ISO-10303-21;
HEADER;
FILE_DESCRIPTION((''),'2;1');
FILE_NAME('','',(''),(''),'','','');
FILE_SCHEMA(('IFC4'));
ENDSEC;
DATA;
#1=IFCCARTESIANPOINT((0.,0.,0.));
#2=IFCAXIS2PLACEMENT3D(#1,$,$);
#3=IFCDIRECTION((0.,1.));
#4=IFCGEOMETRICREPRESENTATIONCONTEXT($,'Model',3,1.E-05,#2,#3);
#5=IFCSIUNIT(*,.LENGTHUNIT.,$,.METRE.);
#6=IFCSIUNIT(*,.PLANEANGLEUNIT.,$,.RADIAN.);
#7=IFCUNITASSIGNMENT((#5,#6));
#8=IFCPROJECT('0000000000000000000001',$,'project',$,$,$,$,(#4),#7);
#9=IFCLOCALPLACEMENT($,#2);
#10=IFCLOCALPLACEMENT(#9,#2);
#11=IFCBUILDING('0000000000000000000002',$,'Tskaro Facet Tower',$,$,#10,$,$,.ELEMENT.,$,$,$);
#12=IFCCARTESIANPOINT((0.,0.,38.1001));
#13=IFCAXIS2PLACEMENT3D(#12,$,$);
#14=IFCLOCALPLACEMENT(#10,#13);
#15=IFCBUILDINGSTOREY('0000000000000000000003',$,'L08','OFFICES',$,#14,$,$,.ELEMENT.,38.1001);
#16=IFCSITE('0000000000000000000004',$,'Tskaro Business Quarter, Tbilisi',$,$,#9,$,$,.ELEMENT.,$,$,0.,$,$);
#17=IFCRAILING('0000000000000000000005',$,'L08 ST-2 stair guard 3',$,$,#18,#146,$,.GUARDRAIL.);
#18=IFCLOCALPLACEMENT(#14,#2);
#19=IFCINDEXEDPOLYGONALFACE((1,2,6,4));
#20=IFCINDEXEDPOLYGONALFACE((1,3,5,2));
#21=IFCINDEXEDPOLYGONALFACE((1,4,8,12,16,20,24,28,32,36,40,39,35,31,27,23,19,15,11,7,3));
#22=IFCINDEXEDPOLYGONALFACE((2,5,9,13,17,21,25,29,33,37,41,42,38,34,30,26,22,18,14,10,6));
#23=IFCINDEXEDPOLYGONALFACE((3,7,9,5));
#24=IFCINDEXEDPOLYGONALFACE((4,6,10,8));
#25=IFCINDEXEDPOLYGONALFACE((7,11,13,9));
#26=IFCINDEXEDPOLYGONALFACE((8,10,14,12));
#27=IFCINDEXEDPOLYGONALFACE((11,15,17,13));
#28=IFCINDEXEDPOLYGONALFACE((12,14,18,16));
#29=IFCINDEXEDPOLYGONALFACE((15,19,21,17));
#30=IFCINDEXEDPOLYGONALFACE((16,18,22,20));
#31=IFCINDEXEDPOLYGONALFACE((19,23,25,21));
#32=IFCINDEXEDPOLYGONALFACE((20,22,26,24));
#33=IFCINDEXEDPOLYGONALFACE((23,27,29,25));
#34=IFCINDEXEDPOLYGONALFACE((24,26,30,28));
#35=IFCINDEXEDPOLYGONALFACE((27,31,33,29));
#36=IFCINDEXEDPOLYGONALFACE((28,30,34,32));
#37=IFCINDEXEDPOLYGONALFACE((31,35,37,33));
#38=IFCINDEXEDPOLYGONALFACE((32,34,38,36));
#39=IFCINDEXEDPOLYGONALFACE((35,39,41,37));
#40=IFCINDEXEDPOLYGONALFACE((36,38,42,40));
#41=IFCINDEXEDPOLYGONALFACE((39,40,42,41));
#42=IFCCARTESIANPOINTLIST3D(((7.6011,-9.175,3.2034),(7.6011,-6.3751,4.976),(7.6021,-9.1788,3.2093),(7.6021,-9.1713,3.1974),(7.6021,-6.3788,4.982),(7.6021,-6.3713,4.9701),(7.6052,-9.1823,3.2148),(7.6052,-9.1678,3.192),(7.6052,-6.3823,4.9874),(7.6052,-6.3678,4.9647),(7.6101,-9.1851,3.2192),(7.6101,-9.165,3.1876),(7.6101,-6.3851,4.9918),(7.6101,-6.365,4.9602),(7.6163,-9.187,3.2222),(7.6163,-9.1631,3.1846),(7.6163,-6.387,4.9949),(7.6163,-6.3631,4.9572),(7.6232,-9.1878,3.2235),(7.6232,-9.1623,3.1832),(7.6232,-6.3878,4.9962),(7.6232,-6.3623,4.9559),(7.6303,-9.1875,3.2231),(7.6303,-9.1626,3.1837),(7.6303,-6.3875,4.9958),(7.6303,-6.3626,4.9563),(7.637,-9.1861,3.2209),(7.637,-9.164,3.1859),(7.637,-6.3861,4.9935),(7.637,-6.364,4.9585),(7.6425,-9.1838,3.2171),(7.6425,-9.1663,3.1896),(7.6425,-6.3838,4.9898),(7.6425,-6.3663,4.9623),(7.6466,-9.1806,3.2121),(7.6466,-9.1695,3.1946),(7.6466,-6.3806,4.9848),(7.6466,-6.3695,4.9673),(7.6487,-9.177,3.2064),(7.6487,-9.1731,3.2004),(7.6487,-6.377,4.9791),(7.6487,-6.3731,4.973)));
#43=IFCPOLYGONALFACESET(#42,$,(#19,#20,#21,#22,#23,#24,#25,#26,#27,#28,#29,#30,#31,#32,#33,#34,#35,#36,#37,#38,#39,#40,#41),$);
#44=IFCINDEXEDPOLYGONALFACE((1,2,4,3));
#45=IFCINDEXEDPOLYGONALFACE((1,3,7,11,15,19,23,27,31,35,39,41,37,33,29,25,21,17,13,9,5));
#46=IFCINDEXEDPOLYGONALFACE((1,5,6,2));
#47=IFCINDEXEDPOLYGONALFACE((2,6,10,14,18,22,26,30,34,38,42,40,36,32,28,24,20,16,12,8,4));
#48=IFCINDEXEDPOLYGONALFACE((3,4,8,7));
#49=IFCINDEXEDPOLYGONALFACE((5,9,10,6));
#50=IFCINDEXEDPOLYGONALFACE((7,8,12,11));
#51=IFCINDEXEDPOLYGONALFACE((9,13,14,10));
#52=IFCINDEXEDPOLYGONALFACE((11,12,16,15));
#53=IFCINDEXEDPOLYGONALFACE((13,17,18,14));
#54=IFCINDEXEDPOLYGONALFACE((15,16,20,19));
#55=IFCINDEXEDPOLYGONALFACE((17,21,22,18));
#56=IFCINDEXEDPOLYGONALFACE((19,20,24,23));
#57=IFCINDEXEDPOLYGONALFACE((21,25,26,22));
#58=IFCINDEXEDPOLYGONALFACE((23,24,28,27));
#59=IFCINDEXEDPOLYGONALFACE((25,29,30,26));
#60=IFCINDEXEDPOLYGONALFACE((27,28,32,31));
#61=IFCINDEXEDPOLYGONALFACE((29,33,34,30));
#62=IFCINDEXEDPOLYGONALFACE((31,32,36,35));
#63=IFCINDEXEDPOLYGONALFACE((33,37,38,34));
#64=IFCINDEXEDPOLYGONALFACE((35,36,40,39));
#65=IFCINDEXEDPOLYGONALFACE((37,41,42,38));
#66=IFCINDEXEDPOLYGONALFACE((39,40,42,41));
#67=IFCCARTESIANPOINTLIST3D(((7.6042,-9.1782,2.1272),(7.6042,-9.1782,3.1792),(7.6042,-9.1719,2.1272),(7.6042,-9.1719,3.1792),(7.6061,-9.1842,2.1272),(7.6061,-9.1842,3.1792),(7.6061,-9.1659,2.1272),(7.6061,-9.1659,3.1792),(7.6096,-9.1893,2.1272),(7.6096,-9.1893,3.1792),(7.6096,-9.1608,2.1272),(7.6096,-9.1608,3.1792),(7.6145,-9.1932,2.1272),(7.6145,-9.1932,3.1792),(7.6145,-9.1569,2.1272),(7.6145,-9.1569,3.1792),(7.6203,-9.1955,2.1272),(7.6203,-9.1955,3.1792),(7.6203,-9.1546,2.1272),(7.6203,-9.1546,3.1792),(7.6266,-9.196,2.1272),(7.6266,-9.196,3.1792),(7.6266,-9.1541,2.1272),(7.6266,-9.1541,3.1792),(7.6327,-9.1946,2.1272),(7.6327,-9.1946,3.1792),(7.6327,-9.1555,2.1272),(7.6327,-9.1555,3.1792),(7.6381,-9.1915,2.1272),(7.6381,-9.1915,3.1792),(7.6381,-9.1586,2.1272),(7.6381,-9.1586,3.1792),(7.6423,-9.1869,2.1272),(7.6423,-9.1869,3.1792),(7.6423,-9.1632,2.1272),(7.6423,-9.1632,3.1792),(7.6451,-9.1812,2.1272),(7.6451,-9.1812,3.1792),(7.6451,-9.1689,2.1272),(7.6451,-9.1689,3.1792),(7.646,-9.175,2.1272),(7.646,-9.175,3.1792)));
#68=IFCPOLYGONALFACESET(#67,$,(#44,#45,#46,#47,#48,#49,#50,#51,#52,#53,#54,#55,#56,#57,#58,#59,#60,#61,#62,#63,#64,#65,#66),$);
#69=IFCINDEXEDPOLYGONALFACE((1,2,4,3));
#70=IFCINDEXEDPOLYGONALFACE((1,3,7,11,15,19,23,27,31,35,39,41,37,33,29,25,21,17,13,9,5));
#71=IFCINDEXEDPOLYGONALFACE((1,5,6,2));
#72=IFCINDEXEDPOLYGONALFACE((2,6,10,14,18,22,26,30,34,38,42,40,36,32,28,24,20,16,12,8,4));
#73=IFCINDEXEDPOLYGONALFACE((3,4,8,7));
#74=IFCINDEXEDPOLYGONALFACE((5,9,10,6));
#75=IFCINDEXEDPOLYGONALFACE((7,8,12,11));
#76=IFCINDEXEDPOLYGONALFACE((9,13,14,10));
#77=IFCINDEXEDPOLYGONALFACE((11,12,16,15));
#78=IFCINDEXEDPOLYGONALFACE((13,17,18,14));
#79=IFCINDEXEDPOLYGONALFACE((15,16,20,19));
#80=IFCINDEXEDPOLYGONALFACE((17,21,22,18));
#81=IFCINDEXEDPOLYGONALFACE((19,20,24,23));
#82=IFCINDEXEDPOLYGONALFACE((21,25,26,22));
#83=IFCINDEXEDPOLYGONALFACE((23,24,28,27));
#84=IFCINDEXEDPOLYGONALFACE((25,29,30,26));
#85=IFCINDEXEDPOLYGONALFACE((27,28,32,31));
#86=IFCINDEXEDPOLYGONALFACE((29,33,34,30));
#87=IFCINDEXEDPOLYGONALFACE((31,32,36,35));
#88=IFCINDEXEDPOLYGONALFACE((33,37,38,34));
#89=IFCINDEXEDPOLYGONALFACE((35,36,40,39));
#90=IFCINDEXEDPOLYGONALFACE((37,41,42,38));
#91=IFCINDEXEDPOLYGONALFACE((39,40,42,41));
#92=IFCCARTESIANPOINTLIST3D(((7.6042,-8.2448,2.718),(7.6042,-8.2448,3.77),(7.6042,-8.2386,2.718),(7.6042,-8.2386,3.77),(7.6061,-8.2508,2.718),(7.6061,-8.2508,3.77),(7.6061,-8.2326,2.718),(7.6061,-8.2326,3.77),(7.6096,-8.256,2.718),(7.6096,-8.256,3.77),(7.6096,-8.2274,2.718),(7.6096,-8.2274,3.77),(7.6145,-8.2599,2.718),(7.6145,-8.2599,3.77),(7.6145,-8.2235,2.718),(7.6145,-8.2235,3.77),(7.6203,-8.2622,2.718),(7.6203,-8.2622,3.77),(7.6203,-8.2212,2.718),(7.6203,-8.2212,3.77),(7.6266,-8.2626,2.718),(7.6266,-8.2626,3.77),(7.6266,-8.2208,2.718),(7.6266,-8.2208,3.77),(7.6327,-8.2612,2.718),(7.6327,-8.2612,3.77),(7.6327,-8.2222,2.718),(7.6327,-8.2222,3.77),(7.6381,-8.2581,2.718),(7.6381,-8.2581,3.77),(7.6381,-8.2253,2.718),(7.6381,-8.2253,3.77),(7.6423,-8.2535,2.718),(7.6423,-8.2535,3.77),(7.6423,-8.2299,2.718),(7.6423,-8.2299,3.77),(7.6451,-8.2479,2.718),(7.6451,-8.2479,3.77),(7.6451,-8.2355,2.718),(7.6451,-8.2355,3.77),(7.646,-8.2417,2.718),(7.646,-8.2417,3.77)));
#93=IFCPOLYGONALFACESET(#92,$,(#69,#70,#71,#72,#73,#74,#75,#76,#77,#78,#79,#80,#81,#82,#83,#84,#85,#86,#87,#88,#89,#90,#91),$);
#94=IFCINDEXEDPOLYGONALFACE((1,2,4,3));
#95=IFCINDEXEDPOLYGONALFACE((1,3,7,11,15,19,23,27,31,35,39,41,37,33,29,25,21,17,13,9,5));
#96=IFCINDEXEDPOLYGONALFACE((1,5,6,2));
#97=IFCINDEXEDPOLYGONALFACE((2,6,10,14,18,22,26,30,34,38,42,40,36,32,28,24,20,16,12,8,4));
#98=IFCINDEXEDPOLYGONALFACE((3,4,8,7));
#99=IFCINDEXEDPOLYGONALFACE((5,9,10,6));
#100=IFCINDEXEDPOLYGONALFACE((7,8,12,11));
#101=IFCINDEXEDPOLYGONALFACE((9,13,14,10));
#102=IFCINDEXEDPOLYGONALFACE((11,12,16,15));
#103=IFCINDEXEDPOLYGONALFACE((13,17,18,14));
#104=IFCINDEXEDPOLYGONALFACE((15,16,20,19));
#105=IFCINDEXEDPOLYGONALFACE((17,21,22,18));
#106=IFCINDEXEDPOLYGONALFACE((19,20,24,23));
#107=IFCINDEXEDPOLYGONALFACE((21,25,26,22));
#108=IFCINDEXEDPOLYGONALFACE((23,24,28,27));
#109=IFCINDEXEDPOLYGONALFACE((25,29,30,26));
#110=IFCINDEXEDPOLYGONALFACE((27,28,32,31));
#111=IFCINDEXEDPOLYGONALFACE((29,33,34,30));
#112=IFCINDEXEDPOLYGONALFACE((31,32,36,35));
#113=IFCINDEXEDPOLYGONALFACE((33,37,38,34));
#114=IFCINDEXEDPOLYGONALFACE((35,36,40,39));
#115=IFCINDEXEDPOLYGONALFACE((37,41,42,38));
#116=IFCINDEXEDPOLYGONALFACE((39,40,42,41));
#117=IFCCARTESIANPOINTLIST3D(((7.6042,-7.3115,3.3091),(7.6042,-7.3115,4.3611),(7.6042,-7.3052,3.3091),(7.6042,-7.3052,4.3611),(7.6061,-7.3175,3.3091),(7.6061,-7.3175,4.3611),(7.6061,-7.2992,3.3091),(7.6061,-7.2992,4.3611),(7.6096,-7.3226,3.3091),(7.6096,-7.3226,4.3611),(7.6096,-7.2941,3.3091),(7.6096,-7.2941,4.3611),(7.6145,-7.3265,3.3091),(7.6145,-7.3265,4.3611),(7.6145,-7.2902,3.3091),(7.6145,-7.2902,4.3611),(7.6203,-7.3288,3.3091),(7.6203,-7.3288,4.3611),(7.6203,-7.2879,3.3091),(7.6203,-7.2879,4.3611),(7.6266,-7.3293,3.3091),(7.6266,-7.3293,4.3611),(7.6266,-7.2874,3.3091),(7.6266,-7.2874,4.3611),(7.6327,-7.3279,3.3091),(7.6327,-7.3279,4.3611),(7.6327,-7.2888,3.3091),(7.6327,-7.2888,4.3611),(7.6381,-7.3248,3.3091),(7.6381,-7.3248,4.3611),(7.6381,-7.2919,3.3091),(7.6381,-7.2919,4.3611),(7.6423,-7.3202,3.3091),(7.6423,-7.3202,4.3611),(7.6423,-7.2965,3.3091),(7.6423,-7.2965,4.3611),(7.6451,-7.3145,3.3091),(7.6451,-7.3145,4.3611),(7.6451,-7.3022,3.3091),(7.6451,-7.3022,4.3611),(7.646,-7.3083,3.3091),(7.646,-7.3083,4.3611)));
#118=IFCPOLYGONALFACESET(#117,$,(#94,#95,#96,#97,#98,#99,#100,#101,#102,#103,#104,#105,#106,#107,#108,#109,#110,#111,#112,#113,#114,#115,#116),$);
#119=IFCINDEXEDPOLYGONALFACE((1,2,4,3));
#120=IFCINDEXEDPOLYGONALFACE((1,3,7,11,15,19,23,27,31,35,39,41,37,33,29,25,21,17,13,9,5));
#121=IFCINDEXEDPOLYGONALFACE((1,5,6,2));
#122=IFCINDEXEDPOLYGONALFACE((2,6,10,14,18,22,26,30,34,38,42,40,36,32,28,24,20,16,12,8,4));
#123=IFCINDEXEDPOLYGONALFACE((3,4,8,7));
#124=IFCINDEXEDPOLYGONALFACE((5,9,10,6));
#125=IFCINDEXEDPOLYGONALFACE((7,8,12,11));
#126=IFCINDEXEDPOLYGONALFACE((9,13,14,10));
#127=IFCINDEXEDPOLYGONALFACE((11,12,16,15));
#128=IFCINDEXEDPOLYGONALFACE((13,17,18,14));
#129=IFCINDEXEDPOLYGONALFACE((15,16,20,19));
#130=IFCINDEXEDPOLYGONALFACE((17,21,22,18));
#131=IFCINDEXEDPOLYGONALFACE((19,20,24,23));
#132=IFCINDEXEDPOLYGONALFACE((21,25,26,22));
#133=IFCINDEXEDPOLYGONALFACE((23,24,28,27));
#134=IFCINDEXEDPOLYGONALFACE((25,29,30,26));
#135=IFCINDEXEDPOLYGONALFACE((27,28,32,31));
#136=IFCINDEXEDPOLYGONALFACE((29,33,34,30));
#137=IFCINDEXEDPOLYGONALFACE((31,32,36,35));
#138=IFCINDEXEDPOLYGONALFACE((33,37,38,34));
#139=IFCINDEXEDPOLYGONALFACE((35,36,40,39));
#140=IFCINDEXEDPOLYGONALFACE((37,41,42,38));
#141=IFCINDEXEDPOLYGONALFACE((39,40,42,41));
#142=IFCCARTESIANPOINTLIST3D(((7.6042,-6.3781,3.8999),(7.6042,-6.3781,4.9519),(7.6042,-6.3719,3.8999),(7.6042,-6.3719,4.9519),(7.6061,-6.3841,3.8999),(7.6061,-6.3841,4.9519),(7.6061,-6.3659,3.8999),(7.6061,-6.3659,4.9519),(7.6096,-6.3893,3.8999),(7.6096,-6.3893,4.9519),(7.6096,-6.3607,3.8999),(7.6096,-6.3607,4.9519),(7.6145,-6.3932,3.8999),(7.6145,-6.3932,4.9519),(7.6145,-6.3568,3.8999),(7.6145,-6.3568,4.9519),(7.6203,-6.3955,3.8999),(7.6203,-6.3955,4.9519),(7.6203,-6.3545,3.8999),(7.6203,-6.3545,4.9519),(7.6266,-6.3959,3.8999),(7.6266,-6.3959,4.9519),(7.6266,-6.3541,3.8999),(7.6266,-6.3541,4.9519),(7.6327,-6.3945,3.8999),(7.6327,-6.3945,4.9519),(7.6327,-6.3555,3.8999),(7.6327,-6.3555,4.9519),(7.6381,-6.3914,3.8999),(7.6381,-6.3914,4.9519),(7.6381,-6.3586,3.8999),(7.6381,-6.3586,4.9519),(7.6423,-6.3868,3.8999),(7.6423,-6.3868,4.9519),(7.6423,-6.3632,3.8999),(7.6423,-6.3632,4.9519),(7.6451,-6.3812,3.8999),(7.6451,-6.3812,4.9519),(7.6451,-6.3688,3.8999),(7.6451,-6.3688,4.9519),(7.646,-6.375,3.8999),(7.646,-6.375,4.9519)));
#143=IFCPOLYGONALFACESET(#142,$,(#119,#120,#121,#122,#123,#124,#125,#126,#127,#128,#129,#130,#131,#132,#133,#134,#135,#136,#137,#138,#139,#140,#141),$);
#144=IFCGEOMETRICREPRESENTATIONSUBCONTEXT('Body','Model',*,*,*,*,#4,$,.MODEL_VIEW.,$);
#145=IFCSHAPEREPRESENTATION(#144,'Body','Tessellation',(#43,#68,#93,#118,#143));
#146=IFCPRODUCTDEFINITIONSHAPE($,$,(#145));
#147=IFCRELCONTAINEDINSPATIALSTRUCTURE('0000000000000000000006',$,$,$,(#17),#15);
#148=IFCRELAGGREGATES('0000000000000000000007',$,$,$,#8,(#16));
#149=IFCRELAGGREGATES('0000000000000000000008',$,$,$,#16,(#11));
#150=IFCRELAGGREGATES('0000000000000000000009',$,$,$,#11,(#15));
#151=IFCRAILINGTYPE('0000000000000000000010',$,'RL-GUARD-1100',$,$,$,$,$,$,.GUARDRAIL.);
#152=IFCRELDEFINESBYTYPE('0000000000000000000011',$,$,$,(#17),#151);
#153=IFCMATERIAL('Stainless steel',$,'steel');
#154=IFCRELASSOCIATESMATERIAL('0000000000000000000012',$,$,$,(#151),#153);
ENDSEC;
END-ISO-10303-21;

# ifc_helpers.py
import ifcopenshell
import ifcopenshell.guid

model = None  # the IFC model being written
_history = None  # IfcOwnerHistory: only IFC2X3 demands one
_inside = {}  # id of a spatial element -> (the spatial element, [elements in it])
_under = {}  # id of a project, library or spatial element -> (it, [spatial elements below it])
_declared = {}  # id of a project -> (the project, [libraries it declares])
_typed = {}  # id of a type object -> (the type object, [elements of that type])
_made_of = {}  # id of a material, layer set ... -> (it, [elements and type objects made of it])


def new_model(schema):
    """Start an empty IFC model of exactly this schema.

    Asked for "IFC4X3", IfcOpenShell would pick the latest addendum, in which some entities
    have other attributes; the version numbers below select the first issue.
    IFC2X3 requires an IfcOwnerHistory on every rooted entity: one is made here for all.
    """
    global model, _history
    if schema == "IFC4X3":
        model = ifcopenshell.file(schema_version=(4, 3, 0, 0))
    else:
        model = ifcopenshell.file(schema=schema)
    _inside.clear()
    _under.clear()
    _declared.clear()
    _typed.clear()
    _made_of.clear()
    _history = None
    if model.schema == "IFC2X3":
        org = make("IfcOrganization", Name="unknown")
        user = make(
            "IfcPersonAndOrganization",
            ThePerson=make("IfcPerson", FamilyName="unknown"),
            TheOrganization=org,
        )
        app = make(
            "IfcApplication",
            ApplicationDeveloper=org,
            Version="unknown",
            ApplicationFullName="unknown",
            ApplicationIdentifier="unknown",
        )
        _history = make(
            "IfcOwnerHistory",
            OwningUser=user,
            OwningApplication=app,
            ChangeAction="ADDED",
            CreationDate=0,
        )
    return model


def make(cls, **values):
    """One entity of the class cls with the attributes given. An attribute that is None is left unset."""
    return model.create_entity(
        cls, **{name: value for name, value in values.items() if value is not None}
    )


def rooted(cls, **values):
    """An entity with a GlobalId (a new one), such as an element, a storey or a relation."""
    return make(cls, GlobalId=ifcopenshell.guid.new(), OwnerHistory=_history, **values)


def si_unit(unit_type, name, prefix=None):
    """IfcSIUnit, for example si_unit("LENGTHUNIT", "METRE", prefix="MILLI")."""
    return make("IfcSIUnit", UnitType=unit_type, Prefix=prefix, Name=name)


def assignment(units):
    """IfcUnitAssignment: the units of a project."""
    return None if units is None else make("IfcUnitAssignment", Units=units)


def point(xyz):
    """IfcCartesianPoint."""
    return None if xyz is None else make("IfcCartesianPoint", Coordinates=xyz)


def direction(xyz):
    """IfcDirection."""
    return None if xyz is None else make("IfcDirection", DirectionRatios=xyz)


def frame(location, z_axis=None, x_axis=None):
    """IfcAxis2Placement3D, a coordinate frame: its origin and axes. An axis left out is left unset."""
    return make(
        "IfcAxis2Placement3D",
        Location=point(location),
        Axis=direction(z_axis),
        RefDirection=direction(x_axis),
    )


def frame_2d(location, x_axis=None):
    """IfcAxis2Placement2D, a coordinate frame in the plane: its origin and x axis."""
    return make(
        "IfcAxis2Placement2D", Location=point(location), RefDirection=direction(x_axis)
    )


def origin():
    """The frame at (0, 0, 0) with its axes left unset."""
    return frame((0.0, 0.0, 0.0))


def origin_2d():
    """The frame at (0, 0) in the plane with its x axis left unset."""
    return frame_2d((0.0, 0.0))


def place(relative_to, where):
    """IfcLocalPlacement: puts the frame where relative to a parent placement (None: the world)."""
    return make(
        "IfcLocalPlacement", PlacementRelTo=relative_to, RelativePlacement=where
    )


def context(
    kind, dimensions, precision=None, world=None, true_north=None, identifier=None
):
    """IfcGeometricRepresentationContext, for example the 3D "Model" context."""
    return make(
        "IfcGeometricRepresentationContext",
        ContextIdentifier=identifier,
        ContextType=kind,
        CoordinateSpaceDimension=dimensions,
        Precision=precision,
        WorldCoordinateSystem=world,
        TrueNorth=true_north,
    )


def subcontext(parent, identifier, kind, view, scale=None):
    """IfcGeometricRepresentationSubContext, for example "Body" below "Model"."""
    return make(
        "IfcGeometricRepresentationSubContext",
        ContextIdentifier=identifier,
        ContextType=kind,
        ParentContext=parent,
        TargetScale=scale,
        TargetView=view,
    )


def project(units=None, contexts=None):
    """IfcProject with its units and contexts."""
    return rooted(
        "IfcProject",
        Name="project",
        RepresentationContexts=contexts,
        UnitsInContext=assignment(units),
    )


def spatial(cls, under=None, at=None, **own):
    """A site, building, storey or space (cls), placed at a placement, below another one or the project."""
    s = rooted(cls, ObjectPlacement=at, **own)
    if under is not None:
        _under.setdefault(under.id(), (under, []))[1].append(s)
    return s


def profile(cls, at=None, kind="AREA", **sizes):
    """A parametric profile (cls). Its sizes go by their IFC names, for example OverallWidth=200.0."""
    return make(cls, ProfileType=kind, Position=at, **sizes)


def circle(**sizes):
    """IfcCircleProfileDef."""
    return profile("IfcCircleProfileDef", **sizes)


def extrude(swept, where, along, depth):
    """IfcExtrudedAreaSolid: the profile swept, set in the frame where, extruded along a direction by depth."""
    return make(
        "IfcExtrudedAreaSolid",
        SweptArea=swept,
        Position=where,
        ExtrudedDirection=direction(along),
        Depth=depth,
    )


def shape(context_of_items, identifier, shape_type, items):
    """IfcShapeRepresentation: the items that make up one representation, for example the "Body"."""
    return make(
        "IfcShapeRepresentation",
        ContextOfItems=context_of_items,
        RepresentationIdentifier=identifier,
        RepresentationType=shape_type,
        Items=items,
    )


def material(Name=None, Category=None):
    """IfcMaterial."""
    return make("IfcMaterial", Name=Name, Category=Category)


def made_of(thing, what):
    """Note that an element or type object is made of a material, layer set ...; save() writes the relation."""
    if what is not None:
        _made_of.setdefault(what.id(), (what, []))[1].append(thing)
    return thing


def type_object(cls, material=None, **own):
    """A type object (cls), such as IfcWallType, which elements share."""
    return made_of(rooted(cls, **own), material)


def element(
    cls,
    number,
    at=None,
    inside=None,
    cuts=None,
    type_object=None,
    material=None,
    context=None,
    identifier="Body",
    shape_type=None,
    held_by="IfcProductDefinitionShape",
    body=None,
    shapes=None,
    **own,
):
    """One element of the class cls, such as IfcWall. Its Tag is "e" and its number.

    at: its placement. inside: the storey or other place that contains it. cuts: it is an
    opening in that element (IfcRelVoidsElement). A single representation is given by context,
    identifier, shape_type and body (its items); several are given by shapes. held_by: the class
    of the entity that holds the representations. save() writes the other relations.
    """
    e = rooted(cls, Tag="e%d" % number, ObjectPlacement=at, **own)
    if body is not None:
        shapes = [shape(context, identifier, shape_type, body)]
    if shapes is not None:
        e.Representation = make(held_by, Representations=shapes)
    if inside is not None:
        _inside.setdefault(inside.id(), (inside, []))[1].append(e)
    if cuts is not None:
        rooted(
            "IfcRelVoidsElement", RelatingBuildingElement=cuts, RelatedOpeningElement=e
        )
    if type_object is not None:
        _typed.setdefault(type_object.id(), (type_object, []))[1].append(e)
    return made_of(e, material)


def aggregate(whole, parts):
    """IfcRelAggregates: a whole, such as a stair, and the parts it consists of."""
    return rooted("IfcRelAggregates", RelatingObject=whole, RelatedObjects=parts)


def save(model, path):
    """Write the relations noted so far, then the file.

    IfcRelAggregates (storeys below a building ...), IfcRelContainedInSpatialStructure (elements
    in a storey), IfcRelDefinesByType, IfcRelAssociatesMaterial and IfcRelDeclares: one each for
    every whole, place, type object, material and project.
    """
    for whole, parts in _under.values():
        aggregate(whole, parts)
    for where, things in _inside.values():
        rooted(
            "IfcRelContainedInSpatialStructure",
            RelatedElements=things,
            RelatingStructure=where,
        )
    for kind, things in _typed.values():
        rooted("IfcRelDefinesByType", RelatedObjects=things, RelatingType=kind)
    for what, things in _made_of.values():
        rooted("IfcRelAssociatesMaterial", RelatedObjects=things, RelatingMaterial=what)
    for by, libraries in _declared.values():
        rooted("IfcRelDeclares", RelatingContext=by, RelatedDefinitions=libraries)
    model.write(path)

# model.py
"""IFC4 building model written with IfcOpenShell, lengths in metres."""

from ifc_helpers import new_model, si_unit, direction, frame, origin, origin_2d, place, context, subcontext, project, spatial, circle, extrude, material, type_object, element, save


model = new_model("IFC4")

# Units and contexts
model_context = context("Model", 3, precision=1e-05, world=origin(), true_north=direction((0.0, 1.0)))
body_context = subcontext(model_context, "Body", "Model", "MODEL_VIEW")
ifc_project = project(units=[si_unit("LENGTHUNIT", "METRE"), si_unit("PLANEANGLEUNIT", "RADIAN")], contexts=[model_context])

# Site, building, storey
site_placement = place(None, origin())
site = spatial("IfcSite", under=ifc_project, at=site_placement, Name="Tskaro Business Quarter, Tbilisi", CompositionType="ELEMENT", RefElevation=0.0)
building_placement = place(site_placement, origin())
building = spatial("IfcBuilding", under=site, at=building_placement, Name="Tskaro Facet Tower", CompositionType="ELEMENT")
storey_placement = place(building_placement, frame((0.0, 0.0, 38.1001)))
storey = spatial("IfcBuildingStorey", under=building, at=storey_placement, Name="L08", Description="OFFICES", CompositionType="ELEMENT", Elevation=38.1001)

# Railing
ifc_material_1 = material(Name="Stainless steel", Category="steel")
railing_type_1 = type_object("IfcRailingType", Name="RL-GUARD-1100", PredefinedType="GUARDRAIL", material=ifc_material_1)
railing_1_placement = place(storey_placement, frame((7.625, -9.175, 2.1272)))
element("IfcRailing", 1, at=railing_1_placement, inside=storey, type_object=railing_type_1, Name="L08 ST-2 stair guard 3", PredefinedType="GUARDRAIL", context=body_context, shape_type="SweptSolid", body=[
    extrude(circle(Radius=0.0239, at=origin_2d()), frame((0.0, 0.0, 1.0762), z_axis=(0.0, 0.844909, 0.53491), x_axis=(-1.0, 0.0, 0.0)), (0.0, 0.0, 1.0), 3.314),
    extrude(circle(Radius=0.021, at=origin_2d()), origin(), (0.0, 0.0, 1.0), 1.052),
    extrude(circle(Radius=0.021, at=origin_2d()), frame((0.0, 0.9333, 0.5908)), (0.0, 0.0, 1.0), 1.052),
    extrude(circle(Radius=0.021, at=origin_2d()), frame((0.0, 1.8667, 1.1819)), (0.0, 0.0, 1.0), 1.052),
    extrude(circle(Radius=0.021, at=origin_2d()), frame((0.0, 2.8, 1.7727)), (0.0, 0.0, 1.0), 1.052),
])

save(model, "model.ifc")
